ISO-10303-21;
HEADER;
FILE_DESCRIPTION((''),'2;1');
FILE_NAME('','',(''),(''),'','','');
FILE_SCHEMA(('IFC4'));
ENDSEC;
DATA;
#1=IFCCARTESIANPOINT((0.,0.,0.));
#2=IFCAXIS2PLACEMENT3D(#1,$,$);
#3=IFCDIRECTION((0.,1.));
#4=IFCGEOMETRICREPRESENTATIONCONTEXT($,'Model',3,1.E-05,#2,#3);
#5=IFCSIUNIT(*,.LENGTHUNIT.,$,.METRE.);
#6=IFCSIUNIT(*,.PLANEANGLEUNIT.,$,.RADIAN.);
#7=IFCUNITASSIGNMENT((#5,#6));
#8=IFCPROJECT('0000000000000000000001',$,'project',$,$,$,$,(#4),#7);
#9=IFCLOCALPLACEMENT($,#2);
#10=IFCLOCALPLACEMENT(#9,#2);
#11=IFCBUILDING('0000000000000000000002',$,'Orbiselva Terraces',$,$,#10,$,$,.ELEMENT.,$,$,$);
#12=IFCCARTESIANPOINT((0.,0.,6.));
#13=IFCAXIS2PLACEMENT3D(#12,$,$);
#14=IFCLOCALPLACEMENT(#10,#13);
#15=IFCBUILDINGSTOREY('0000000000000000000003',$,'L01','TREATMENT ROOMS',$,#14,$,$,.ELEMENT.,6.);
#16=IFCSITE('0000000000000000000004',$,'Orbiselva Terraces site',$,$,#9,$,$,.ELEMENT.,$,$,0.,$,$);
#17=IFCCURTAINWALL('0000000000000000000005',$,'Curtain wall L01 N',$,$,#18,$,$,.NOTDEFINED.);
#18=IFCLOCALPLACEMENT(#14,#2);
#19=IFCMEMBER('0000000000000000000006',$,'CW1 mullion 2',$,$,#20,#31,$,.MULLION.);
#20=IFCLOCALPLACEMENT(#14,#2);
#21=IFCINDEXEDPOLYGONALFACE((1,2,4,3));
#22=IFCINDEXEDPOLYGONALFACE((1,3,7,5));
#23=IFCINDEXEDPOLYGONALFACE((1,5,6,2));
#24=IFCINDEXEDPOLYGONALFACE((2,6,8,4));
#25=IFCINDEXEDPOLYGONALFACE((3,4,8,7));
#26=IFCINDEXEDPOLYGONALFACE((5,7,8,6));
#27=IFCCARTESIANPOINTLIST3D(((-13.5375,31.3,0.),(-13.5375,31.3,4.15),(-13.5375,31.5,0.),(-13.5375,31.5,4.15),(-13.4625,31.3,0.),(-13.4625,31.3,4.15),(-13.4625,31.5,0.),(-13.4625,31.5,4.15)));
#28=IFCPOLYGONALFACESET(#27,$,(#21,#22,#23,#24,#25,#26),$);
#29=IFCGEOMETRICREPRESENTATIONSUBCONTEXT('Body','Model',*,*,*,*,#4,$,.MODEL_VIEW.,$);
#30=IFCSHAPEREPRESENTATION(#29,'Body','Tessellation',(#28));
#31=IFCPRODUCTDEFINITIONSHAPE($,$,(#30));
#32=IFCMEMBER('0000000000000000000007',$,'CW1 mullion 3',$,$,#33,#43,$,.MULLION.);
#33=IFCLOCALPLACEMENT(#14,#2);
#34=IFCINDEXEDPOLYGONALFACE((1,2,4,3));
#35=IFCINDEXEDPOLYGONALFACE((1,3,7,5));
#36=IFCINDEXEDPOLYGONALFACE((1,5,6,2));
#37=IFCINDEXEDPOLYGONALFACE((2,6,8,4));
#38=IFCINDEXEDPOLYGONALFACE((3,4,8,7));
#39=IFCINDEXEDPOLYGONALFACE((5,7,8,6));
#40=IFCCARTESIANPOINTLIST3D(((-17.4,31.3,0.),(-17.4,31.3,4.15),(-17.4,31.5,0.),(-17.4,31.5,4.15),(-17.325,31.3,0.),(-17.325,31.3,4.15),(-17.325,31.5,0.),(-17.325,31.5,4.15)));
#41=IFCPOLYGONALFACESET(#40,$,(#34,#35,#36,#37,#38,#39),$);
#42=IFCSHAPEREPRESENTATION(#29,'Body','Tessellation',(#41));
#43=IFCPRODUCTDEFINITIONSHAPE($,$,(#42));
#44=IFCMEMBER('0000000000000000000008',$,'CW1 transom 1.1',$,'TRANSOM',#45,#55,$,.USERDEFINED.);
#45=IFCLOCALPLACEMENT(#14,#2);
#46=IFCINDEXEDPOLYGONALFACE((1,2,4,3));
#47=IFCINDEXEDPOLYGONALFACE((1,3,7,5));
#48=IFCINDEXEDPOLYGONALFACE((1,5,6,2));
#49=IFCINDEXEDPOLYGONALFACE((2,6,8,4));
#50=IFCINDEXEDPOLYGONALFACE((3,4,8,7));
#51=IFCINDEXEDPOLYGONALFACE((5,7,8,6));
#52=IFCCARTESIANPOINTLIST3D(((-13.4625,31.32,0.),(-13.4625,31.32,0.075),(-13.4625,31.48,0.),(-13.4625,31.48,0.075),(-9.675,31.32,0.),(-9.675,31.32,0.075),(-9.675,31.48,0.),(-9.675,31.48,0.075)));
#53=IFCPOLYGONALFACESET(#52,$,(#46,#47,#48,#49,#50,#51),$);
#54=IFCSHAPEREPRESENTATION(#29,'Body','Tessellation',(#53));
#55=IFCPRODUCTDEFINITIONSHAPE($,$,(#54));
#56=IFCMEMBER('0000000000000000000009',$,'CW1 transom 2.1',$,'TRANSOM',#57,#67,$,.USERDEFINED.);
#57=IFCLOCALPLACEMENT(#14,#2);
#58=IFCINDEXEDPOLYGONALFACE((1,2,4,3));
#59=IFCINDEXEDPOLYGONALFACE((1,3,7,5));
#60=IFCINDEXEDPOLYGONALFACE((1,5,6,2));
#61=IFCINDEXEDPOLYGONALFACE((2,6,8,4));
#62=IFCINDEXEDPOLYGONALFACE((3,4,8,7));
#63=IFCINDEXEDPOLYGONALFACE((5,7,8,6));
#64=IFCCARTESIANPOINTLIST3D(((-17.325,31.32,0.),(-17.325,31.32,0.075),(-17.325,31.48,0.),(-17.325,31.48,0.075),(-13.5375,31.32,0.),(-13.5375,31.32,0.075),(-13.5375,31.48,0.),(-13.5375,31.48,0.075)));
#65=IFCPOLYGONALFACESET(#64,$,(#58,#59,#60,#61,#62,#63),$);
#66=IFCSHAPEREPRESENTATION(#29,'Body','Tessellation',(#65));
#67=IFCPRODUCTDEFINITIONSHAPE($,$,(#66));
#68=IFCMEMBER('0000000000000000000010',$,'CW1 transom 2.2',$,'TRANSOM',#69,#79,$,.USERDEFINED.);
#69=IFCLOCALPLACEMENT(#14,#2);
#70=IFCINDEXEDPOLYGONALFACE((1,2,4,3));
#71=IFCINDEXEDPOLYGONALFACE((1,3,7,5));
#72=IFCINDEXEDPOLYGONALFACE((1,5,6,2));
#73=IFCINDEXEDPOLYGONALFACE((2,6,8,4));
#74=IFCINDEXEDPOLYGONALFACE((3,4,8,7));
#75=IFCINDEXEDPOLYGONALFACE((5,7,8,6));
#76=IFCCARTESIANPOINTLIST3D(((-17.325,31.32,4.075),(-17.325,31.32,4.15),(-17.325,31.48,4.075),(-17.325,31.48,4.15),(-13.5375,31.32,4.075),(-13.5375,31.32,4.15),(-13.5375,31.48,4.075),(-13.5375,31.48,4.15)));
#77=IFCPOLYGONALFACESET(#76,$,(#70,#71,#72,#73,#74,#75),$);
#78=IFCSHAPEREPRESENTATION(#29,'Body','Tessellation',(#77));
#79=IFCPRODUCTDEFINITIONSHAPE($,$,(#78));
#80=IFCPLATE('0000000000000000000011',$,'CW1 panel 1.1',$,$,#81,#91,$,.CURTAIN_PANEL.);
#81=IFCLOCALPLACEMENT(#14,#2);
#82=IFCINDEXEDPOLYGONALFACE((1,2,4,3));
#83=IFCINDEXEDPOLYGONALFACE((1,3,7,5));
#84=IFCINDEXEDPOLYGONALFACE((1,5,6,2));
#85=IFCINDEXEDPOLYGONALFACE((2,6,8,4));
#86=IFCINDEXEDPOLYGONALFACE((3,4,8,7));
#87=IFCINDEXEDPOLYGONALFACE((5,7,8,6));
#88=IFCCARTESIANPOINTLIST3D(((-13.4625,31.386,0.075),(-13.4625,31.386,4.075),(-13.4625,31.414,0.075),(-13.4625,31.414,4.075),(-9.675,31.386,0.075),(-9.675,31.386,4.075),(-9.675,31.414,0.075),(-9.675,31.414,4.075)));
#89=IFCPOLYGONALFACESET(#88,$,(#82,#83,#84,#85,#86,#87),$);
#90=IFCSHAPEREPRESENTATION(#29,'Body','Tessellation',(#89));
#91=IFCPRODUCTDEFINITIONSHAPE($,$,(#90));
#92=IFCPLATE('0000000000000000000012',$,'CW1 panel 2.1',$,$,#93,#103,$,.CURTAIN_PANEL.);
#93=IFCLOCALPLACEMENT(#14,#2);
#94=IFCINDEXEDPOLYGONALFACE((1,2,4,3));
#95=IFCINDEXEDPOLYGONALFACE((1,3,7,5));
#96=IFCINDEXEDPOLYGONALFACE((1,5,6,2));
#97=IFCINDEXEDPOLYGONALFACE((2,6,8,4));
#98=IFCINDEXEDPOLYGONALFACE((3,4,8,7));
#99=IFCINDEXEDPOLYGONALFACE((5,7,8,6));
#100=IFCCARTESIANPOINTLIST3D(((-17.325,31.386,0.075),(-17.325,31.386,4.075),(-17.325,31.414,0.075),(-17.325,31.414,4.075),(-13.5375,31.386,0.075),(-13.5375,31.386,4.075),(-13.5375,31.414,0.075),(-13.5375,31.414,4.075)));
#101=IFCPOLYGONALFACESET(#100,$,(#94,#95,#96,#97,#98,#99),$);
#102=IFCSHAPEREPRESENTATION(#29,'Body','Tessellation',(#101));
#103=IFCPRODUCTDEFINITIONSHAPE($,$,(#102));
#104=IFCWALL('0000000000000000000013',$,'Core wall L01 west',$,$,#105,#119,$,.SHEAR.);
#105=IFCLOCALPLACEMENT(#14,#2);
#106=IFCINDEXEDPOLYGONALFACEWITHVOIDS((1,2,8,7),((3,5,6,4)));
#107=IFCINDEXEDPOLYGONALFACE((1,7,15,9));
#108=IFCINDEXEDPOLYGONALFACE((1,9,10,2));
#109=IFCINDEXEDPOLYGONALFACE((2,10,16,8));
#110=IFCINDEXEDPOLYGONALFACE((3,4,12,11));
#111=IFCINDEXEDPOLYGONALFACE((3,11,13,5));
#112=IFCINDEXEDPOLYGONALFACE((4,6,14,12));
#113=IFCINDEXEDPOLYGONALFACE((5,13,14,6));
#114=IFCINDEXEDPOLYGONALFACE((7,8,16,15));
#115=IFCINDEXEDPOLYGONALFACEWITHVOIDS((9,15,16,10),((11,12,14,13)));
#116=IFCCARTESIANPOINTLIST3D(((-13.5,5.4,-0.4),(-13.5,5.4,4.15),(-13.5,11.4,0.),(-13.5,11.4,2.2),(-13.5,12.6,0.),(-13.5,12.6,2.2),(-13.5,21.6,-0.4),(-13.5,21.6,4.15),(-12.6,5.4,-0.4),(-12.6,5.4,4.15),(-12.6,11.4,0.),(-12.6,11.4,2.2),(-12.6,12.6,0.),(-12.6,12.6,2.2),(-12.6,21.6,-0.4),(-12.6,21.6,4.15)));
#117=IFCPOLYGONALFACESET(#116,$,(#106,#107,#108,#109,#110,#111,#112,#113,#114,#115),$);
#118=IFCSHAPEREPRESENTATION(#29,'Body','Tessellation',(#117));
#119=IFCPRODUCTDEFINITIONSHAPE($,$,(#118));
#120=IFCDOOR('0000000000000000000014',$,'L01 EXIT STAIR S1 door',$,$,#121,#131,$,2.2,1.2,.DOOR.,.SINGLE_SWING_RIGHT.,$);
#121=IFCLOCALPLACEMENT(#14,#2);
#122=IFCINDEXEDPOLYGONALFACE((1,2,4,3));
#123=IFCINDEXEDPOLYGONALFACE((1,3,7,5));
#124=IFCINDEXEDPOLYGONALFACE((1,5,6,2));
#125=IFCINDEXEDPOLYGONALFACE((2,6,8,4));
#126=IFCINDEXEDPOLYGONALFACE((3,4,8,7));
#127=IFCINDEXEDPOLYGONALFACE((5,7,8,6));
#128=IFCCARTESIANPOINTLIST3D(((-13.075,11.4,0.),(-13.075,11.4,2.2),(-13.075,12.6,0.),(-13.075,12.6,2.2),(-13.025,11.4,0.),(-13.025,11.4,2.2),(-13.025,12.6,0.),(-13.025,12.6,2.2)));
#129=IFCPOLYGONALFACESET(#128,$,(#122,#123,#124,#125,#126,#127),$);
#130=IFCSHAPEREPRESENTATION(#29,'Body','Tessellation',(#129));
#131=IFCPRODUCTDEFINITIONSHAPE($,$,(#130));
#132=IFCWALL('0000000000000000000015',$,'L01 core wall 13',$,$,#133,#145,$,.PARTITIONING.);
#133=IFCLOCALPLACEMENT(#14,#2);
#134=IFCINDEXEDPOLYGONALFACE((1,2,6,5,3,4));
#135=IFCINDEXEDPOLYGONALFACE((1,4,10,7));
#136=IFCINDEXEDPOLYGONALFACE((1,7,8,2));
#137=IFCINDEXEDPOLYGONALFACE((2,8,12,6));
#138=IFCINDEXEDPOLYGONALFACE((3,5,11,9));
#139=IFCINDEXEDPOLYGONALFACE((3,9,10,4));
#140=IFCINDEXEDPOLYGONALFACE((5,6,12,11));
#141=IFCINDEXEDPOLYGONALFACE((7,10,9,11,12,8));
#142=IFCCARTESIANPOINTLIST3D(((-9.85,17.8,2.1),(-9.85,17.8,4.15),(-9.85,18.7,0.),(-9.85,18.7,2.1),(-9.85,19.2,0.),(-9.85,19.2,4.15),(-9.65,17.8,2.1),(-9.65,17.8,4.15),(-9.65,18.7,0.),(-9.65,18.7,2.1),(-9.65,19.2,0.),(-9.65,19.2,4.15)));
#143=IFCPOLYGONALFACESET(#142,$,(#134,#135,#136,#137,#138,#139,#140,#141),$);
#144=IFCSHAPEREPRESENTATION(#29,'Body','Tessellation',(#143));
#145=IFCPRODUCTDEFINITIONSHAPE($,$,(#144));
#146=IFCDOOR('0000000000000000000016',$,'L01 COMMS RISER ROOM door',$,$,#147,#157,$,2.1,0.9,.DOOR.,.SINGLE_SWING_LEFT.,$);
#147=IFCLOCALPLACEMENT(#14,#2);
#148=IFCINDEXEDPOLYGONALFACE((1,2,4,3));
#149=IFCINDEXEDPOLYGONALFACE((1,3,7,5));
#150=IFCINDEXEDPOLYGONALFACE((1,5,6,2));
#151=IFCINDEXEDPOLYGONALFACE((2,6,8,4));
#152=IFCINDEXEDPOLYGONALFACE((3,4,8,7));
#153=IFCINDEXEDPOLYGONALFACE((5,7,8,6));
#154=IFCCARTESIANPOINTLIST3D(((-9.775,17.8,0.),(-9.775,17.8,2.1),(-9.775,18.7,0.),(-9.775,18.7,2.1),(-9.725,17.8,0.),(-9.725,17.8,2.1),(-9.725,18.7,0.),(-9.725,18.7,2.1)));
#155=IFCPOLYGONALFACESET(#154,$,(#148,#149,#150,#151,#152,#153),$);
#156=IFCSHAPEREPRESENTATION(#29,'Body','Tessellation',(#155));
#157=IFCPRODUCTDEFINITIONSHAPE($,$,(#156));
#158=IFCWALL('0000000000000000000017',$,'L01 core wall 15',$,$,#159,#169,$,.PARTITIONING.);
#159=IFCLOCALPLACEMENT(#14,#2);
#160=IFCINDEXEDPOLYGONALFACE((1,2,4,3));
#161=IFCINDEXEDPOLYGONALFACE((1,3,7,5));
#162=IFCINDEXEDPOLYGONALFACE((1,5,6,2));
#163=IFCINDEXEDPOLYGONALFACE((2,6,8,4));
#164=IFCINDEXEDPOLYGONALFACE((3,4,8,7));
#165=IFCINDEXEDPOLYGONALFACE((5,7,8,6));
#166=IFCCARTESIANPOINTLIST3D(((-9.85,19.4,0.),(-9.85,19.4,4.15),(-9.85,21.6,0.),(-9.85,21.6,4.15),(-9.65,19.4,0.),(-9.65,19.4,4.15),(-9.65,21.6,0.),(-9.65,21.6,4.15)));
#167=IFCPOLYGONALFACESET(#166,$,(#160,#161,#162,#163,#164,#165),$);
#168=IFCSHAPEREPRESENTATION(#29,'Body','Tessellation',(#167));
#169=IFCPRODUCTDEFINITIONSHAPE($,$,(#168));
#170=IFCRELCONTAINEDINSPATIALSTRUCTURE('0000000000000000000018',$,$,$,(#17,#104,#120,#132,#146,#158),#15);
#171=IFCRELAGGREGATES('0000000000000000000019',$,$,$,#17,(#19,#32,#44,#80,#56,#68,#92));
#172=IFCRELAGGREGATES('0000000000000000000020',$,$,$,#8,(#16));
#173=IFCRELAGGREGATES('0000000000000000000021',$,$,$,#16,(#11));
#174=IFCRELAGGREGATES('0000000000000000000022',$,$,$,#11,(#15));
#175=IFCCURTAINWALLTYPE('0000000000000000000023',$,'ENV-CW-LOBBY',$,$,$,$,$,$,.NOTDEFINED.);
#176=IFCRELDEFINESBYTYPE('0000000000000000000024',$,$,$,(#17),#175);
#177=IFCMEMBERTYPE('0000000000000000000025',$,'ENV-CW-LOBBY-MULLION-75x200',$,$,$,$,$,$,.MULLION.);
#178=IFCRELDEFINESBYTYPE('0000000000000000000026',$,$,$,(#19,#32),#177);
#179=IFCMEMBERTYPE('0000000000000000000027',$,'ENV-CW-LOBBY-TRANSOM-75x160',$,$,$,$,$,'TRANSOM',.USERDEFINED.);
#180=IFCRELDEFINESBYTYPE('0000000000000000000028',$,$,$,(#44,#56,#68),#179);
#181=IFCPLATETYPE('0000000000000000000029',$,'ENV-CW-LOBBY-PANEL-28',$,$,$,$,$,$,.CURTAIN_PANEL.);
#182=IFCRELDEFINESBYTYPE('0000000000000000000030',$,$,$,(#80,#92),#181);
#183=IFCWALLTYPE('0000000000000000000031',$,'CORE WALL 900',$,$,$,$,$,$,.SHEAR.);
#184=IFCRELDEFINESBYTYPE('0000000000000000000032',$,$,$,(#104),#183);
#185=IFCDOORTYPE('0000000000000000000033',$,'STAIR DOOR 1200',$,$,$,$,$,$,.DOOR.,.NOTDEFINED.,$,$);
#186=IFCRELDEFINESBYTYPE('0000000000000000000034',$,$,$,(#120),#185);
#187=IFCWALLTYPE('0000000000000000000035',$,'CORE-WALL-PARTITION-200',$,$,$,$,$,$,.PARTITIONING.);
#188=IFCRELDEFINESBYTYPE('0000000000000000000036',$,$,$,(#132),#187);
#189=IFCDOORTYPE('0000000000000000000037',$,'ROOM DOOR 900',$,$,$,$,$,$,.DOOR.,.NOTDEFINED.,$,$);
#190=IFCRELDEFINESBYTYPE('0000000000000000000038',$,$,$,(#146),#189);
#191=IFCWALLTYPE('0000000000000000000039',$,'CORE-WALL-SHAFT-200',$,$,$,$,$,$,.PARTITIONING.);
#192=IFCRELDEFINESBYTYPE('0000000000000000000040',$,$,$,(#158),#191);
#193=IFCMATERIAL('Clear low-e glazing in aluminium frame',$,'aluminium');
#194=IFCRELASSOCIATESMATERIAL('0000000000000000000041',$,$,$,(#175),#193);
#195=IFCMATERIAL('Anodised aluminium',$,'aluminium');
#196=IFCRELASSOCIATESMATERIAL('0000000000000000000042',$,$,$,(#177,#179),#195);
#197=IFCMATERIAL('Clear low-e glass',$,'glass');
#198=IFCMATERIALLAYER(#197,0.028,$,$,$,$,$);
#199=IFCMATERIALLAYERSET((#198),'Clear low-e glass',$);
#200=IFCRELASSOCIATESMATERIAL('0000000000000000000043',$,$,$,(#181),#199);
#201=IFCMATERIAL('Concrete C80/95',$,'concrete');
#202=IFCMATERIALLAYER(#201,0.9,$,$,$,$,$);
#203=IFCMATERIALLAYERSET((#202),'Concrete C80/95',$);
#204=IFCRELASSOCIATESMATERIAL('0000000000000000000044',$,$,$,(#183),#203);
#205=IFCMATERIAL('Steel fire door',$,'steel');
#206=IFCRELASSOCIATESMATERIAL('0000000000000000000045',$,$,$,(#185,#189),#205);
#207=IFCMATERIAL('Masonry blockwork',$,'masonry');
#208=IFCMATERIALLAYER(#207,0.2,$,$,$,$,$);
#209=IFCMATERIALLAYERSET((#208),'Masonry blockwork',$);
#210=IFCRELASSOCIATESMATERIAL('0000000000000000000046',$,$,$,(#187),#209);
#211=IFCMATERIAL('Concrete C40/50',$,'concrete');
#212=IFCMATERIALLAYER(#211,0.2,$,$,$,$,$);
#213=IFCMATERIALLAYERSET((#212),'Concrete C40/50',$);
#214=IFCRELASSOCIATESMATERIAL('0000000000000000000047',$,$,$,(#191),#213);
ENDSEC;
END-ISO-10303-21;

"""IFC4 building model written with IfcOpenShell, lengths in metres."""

from ifc_helpers import new_model, si_unit, direction, frame, frame_2d, origin, origin_2d, place, context, subcontext, project, spatial, rectangle, extrude, material, layer, layer_set, material_profile, profile_set, type_object, element, fill, aggregate, save


model = new_model("IFC4")

# Units and contexts
model_context = context("Model", 3, precision=1e-05, world=origin(), true_north=direction((0.0, 1.0)))
body_context = subcontext(model_context, "Body", "Model", "MODEL_VIEW")
ifc_project = project(units=[si_unit("LENGTHUNIT", "METRE"), si_unit("PLANEANGLEUNIT", "RADIAN")], contexts=[model_context])

# Site, building, storey
site_placement = place(None, origin())
site = spatial("IfcSite", under=ifc_project, at=site_placement, Name="Orbiselva Terraces site", CompositionType="ELEMENT", RefElevation=0.0)
building_placement = place(site_placement, origin())
building = spatial("IfcBuilding", under=site, at=building_placement, Name="Orbiselva Terraces", CompositionType="ELEMENT")
storey_placement = place(building_placement, frame((0.0, 0.0, 6.0)))
storey = spatial("IfcBuildingStorey", under=building, at=storey_placement, Name="L01", Description="TREATMENT ROOMS", CompositionType="ELEMENT", Elevation=6.0)

# Curtain wall, members, plates
ifc_material_1 = material(Name="Clear low-e glazing in aluminium frame", Category="aluminium")
curtain_wall_type = type_object("IfcCurtainWallType", Name="ENV-CW-LOBBY", PredefinedType="NOTDEFINED", material=ifc_material_1)
curtain_wall_placement = place(storey_placement, origin())
curtain_wall = element("IfcCurtainWall", 1, at=curtain_wall_placement, inside=storey, type_object=curtain_wall_type, Name="Curtain wall L01 N", PredefinedType="NOTDEFINED")
ifc_material_2 = material(Name="Anodised aluminium", Category="aluminium")
ifc_material_profile_1 = material_profile(ifc_material_2, rectangle(XDim=0.2, YDim=0.075, at=origin_2d()), Name="AL 75x200")
ifc_profile_set_1 = profile_set([ifc_material_profile_1], Name="Anodised aluminium")
member_type_1 = type_object("IfcMemberType", Name="ENV-CW-LOBBY-MULLION-75x200", PredefinedType="MULLION", material=ifc_profile_set_1)
member_1_placement = place(storey_placement, frame((-13.5, 31.4, 0.0), z_axis=(0.0, 0.0, 1.0), x_axis=(0.0, -1.0, 0.0)))
member_1 = element("IfcMember", 2, at=member_1_placement, type_object=member_type_1, Name="CW1 mullion 2", PredefinedType="MULLION", context=body_context, shape_type="SweptSolid", body=[
    extrude(rectangle(XDim=0.2, YDim=0.075, at=origin_2d()), origin(), (0.0, 0.0, 1.0), 4.15),
])
member_2_placement = place(storey_placement, frame((-17.3625, 31.4, 0.0), z_axis=(0.0, 0.0, 1.0), x_axis=(0.0, -1.0, 0.0)))
member_2 = element("IfcMember", 3, at=member_2_placement, type_object=member_type_1, Name="CW1 mullion 3", PredefinedType="MULLION", context=body_context, shape_type="SweptSolid", body=[
    extrude(rectangle(XDim=0.2, YDim=0.075, at=origin_2d()), origin(), (0.0, 0.0, 1.0), 4.15),
])
ifc_material_profile_2 = material_profile(ifc_material_2, rectangle(XDim=0.16, YDim=0.075, at=origin_2d()), Name="AL 75x160")
ifc_profile_set_2 = profile_set([ifc_material_profile_2], Name="Anodised aluminium")
member_type_2 = type_object("IfcMemberType", Name="ENV-CW-LOBBY-TRANSOM-75x160", ElementType="TRANSOM", PredefinedType="USERDEFINED", material=ifc_profile_set_2)
member_3_placement = place(storey_placement, frame((-9.675, 31.4, 0.0375), z_axis=(-1.0, 0.0, 0.0), x_axis=(0.0, -1.0, 0.0)))
member_3 = element("IfcMember", 4, at=member_3_placement, type_object=member_type_2, Name="CW1 transom 1.1", ObjectType="TRANSOM", PredefinedType="USERDEFINED", context=body_context, shape_type="SweptSolid", body=[
    extrude(rectangle(XDim=0.16, YDim=0.075, at=origin_2d()), origin(), (0.0, 0.0, 1.0), 3.7875),
])
member_4_placement = place(storey_placement, frame((-13.5375, 31.4, 0.0375), z_axis=(-1.0, 0.0, 0.0), x_axis=(0.0, -1.0, 0.0)))
member_4 = element("IfcMember", 5, at=member_4_placement, type_object=member_type_2, Name="CW1 transom 2.1", ObjectType="TRANSOM", PredefinedType="USERDEFINED", context=body_context, shape_type="SweptSolid", body=[
    extrude(rectangle(XDim=0.16, YDim=0.075, at=origin_2d()), origin(), (0.0, 0.0, 1.0), 3.7875),
])
member_5_placement = place(storey_placement, frame((-13.5375, 31.4, 4.1125), z_axis=(-1.0, 0.0, 0.0), x_axis=(0.0, -1.0, 0.0)))
member_5 = element("IfcMember", 6, at=member_5_placement, type_object=member_type_2, Name="CW1 transom 2.2", ObjectType="TRANSOM", PredefinedType="USERDEFINED", context=body_context, shape_type="SweptSolid", body=[
    extrude(rectangle(XDim=0.16, YDim=0.075, at=origin_2d()), origin(), (0.0, 0.0, 1.0), 3.7875),
])
ifc_material_3 = material(Name="Clear low-e glass", Category="glass")
ifc_layer_1 = layer(ifc_material_3, 0.028)
ifc_layer_set_1 = layer_set([ifc_layer_1], Name="Clear low-e glass")
plate_type = type_object("IfcPlateType", Name="ENV-CW-LOBBY-PANEL-28", PredefinedType="CURTAIN_PANEL", material=ifc_layer_set_1)
plate_1_placement = place(storey_placement, frame((-11.5687, 31.4, 0.075), z_axis=(0.0, 0.0, 1.0), x_axis=(-1.0, 0.0, 0.0)))
plate_1 = element("IfcPlate", 7, at=plate_1_placement, type_object=plate_type, Name="CW1 panel 1.1", PredefinedType="CURTAIN_PANEL", context=body_context, shape_type="SweptSolid", body=[
    extrude(rectangle(XDim=3.7875, YDim=0.028, at=origin_2d()), origin(), (0.0, 0.0, 1.0), 4.0),
])
plate_2_placement = place(storey_placement, frame((-15.4313, 31.4, 0.075), z_axis=(0.0, 0.0, 1.0), x_axis=(-1.0, 0.0, 0.0)))
plate_2 = element("IfcPlate", 8, at=plate_2_placement, type_object=plate_type, Name="CW1 panel 2.1", PredefinedType="CURTAIN_PANEL", context=body_context, shape_type="SweptSolid", body=[
    extrude(rectangle(XDim=3.7875, YDim=0.028, at=origin_2d()), origin(), (0.0, 0.0, 1.0), 4.0),
])
aggregate(curtain_wall, [member_1, member_2, member_3, plate_1, member_4, member_5, plate_2])

# Walls, openings, doors
ifc_material_4 = material(Name="Concrete C80/95", Category="concrete")
ifc_layer_2 = layer(ifc_material_4, 0.9)
ifc_layer_set_2 = layer_set([ifc_layer_2], Name="Concrete C80/95")
wall_type_1 = type_object("IfcWallType", Name="CORE WALL 900", PredefinedType="SHEAR", material=ifc_layer_set_2)
wall_1_placement = place(storey_placement, frame((-13.05, 21.6, -0.4), z_axis=(0.0, 0.0, 1.0), x_axis=(0.0, -1.0, 0.0)))
wall_1 = element("IfcWall", 9, at=wall_1_placement, inside=storey, type_object=wall_type_1, Name="Core wall L01 west", PredefinedType="SHEAR", context=body_context, shape_type="SweptSolid", body=[
    extrude(rectangle(XDim=16.2, YDim=0.9, at=frame_2d((8.1, 0.0))), origin(), (0.0, 0.0, 1.0), 4.55),
])
opening_1_placement = place(wall_1_placement, frame((9.0, 0.0, 0.4)))
opening_1 = element("IfcOpeningElement", 10, at=opening_1_placement, cuts=wall_1, PredefinedType="OPENING", context=body_context, shape_type="SweptSolid", body=[
    extrude(rectangle(XDim=1.2, YDim=2.2, at=frame_2d((0.6, 1.1))), frame((0.0, 0.46, 0.0), z_axis=(0.0, -1.0, 0.0), x_axis=(1.0, 0.0, 0.0)), (0.0, 0.0, 1.0), 0.92),
])
ifc_material_5 = material(Name="Steel fire door", Category="steel")
door_type_1 = type_object("IfcDoorType", Name="STAIR DOOR 1200", OperationType="NOTDEFINED", PredefinedType="DOOR", material=ifc_material_5)
door_1_placement = place(opening_1_placement, frame((1.2, 0.0, 0.0), z_axis=(0.0, 0.0, 1.0), x_axis=(-1.0, 0.0, 0.0)))
door_1 = element("IfcDoor", 11, at=door_1_placement, inside=storey, type_object=door_type_1, Name="L01 EXIT STAIR S1 door", OperationType="SINGLE_SWING_RIGHT", OverallHeight=2.2, OverallWidth=1.2, PredefinedType="DOOR", context=body_context, shape_type="SweptSolid", body=[
    extrude(rectangle(XDim=1.2, YDim=2.2, at=frame_2d((0.6, 1.1))), frame((0.0, 0.025, 0.0), z_axis=(0.0, -1.0, 0.0), x_axis=(1.0, 0.0, 0.0)), (0.0, 0.0, 1.0), 0.05),
])
fill(opening_1, door_1)
ifc_material_6 = material(Name="Masonry blockwork", Category="masonry")
ifc_layer_3 = layer(ifc_material_6, 0.2)
ifc_layer_set_3 = layer_set([ifc_layer_3], Name="Masonry blockwork")
wall_type_2 = type_object("IfcWallType", Name="CORE-WALL-PARTITION-200", PredefinedType="PARTITIONING", material=ifc_layer_set_3)
wall_2_placement = place(storey_placement, frame((-9.75, 17.8, 0.0), z_axis=(0.0, 0.0, 1.0), x_axis=(0.0, 1.0, 0.0)))
wall_2 = element("IfcWall", 12, at=wall_2_placement, inside=storey, type_object=wall_type_2, Name="L01 core wall 13", PredefinedType="PARTITIONING", context=body_context, shape_type="SweptSolid", body=[
    extrude(rectangle(XDim=1.4, YDim=0.2, at=frame_2d((0.7, 0.0))), origin(), (0.0, 0.0, 1.0), 4.15),
])
opening_2_placement = place(wall_2_placement, origin())
opening_2 = element("IfcOpeningElement", 13, at=opening_2_placement, cuts=wall_2, PredefinedType="OPENING", context=body_context, shape_type="SweptSolid", body=[
    extrude(rectangle(XDim=0.9, YDim=2.1, at=frame_2d((0.45, 1.05))), frame((0.0, 0.11, 0.0), z_axis=(0.0, -1.0, 0.0), x_axis=(1.0, 0.0, 0.0)), (0.0, 0.0, 1.0), 0.22),
])
door_type_2 = type_object("IfcDoorType", Name="ROOM DOOR 900", OperationType="NOTDEFINED", PredefinedType="DOOR", material=ifc_material_5)
door_2_placement = place(opening_2_placement, origin())
door_2 = element("IfcDoor", 14, at=door_2_placement, inside=storey, type_object=door_type_2, Name="L01 COMMS RISER ROOM door", OperationType="SINGLE_SWING_LEFT", OverallHeight=2.1, OverallWidth=0.9, PredefinedType="DOOR", context=body_context, shape_type="SweptSolid", body=[
    extrude(rectangle(XDim=0.9, YDim=2.1, at=frame_2d((0.45, 1.05))), frame((0.0, 0.025, 0.0), z_axis=(0.0, -1.0, 0.0), x_axis=(1.0, 0.0, 0.0)), (0.0, 0.0, 1.0), 0.05),
])
fill(opening_2, door_2)

# Wall
ifc_material_7 = material(Name="Concrete C40/50", Category="concrete")
ifc_layer_4 = layer(ifc_material_7, 0.2)
ifc_layer_set_4 = layer_set([ifc_layer_4], Name="Concrete C40/50")
wall_type_3 = type_object("IfcWallType", Name="CORE-WALL-SHAFT-200", PredefinedType="PARTITIONING", material=ifc_layer_set_4)
wall_3_placement = place(storey_placement, frame((-9.75, 19.4, 0.0), z_axis=(0.0, 0.0, 1.0), x_axis=(0.0, 1.0, 0.0)))
element("IfcWall", 15, at=wall_3_placement, inside=storey, type_object=wall_type_3, Name="L01 core wall 15", PredefinedType="PARTITIONING", context=body_context, shape_type="SweptSolid", body=[
    extrude(rectangle(XDim=2.2, YDim=0.2, at=frame_2d((1.1, 0.0))), origin(), (0.0, 0.0, 1.0), 4.15),
])

save(model, "model.ifc")
